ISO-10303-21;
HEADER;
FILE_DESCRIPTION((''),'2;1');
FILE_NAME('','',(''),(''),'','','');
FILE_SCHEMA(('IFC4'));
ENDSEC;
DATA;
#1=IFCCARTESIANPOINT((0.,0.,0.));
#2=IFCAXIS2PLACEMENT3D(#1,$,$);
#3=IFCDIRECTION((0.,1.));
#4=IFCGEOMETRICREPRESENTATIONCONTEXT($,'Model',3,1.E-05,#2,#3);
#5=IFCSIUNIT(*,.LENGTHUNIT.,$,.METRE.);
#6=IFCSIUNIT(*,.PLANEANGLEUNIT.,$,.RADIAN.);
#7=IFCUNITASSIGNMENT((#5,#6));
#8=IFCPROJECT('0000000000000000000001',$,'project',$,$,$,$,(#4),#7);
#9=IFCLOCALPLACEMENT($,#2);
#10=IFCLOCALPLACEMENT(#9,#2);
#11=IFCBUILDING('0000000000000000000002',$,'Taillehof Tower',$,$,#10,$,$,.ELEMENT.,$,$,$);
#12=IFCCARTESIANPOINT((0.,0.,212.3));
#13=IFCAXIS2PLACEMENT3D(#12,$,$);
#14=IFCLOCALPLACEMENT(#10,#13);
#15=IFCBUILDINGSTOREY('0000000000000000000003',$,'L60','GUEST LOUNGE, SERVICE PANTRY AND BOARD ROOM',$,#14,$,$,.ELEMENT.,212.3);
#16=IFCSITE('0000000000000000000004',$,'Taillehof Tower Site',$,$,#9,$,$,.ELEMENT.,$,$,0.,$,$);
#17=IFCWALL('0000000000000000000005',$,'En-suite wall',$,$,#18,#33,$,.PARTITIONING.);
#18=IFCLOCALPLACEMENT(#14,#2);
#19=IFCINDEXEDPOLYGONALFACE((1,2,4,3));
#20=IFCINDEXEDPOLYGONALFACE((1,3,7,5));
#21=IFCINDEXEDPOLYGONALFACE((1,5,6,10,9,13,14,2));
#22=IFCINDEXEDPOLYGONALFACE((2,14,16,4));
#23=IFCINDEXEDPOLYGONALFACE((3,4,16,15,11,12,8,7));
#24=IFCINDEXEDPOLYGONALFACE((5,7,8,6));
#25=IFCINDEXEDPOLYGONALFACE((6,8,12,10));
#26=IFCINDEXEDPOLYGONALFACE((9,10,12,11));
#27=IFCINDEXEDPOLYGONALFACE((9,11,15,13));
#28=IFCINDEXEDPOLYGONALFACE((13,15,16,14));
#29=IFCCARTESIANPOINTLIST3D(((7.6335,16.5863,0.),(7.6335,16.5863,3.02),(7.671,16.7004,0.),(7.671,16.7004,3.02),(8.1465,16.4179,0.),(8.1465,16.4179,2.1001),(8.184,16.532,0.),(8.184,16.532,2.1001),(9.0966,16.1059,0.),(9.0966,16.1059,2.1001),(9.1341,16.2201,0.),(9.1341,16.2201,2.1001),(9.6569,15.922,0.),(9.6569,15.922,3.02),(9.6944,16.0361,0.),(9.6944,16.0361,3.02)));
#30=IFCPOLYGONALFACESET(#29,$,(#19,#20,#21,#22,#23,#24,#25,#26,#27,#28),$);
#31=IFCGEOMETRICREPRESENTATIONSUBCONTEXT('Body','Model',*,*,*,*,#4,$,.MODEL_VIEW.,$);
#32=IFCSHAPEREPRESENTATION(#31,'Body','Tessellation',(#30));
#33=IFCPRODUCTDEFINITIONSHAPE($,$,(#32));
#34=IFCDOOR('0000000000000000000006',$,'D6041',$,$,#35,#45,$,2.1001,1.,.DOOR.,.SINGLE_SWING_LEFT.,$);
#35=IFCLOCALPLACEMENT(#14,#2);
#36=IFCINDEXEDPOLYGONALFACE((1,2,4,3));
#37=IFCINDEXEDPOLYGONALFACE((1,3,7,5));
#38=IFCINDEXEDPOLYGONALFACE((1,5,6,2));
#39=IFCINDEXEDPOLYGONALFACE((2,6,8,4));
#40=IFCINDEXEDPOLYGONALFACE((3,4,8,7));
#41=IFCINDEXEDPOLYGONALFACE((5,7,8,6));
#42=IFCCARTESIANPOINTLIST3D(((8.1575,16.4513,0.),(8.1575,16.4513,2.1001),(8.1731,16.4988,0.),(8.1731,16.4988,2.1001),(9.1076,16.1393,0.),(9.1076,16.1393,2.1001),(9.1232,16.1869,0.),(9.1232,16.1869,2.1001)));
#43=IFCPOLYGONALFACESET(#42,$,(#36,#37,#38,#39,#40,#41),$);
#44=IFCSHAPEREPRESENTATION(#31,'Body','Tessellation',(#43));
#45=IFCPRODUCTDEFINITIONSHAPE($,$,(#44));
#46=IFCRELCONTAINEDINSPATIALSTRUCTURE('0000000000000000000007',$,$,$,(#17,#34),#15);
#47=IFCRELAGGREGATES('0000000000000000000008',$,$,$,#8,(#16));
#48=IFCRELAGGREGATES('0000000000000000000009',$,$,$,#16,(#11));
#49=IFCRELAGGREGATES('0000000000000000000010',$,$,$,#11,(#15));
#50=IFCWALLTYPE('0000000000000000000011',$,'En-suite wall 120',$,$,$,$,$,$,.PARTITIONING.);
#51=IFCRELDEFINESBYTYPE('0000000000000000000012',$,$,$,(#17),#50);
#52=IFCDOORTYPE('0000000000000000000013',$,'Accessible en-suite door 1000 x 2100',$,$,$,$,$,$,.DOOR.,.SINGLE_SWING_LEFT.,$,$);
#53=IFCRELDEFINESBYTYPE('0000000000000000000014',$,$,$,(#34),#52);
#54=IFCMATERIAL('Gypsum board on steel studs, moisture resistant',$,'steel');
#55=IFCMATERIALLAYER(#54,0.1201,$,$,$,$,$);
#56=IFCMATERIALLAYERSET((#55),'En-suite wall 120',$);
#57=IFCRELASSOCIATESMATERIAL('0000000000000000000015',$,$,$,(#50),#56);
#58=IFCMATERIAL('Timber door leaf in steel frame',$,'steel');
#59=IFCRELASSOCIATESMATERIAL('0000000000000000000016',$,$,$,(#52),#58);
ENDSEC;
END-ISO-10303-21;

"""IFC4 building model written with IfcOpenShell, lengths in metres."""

from ifc_helpers import new_model, si_unit, direction, frame, frame_2d, origin, place, context, subcontext, project, spatial, rectangle, extrude, material, layer, layer_set, type_object, element, fill, save


model = new_model("IFC4")

# Units and contexts
model_context = context("Model", 3, precision=1e-05, world=origin(), true_north=direction((0.0, 1.0)))
body_context = subcontext(model_context, "Body", "Model", "MODEL_VIEW")
ifc_project = project(units=[si_unit("LENGTHUNIT", "METRE"), si_unit("PLANEANGLEUNIT", "RADIAN")], contexts=[model_context])

# Site, building, storey
site_placement = place(None, origin())
site = spatial("IfcSite", under=ifc_project, at=site_placement, Name="Taillehof Tower Site", CompositionType="ELEMENT", RefElevation=0.0)
building_placement = place(site_placement, origin())
building = spatial("IfcBuilding", under=site, at=building_placement, Name="Taillehof Tower", CompositionType="ELEMENT")
storey_placement = place(building_placement, frame((0.0, 0.0, 212.3)))
storey = spatial("IfcBuildingStorey", under=building, at=storey_placement, Name="L60", Description="GUEST LOUNGE, SERVICE PANTRY AND BOARD ROOM", CompositionType="ELEMENT", Elevation=212.3)

# Wall, opening, door
ifc_material_1 = material(Name="Gypsum board on steel studs, moisture resistant", Category="steel")
ifc_layer_1 = layer(ifc_material_1, 0.1201)
ifc_layer_set_1 = layer_set([ifc_layer_1], Name="En-suite wall 120")
wall_type_1 = type_object("IfcWallType", Name="En-suite wall 120", PredefinedType="PARTITIONING", material=ifc_layer_set_1)
wall_1_placement = place(storey_placement, frame((9.6758, 15.979, 0.0), z_axis=(0.0, 0.0, 1.0), x_axis=(-0.950107, 0.311926, 0.0)))
wall_1 = element("IfcWall", 1, at=wall_1_placement, inside=storey, type_object=wall_type_1, Name="En-suite wall", PredefinedType="PARTITIONING", context=body_context, shape_type="SweptSolid", body=[
    extrude(rectangle(XDim=2.1296, YDim=0.1201, at=frame_2d((1.0649, 0.0))), origin(), (0.0, 0.0, 1.0), 3.02),
])
opening_1_placement = place(wall_1_placement, frame((0.5898, 0.0, 0.0)))
opening_1 = element("IfcOpeningElement", 2, at=opening_1_placement, cuts=wall_1, PredefinedType="OPENING", context=body_context, shape_type="SweptSolid", body=[
    extrude(rectangle(XDim=1.0, YDim=2.1001, at=frame_2d((0.5, 1.05))), frame((0.0, 0.0701, 0.0), z_axis=(0.0, -1.0, 0.0), x_axis=(1.0, 0.0, 0.0)), (0.0, 0.0, 1.0), 0.1401),
])
ifc_material_2 = material(Name="Timber door leaf in steel frame", Category="steel")
door_type_1 = type_object("IfcDoorType", Name="Accessible en-suite door 1000 x 2100", OperationType="SINGLE_SWING_LEFT", PredefinedType="DOOR", material=ifc_material_2)
door_1_placement = place(opening_1_placement, origin())
door_1 = element("IfcDoor", 3, at=door_1_placement, inside=storey, type_object=door_type_1, Name="D6041", OperationType="SINGLE_SWING_LEFT", OverallHeight=2.1001, OverallWidth=1.0, PredefinedType="DOOR", context=body_context, shape_type="SweptSolid", body=[
    extrude(rectangle(XDim=1.0, YDim=2.1001, at=frame_2d((0.5, 1.05))), frame((0.0, 0.0249, 0.0), z_axis=(0.0, -1.0, 0.0), x_axis=(1.0, 0.0, 0.0)), (0.0, 0.0, 1.0), 0.05),
])
fill(opening_1, door_1)

save(model, "model.ifc")
